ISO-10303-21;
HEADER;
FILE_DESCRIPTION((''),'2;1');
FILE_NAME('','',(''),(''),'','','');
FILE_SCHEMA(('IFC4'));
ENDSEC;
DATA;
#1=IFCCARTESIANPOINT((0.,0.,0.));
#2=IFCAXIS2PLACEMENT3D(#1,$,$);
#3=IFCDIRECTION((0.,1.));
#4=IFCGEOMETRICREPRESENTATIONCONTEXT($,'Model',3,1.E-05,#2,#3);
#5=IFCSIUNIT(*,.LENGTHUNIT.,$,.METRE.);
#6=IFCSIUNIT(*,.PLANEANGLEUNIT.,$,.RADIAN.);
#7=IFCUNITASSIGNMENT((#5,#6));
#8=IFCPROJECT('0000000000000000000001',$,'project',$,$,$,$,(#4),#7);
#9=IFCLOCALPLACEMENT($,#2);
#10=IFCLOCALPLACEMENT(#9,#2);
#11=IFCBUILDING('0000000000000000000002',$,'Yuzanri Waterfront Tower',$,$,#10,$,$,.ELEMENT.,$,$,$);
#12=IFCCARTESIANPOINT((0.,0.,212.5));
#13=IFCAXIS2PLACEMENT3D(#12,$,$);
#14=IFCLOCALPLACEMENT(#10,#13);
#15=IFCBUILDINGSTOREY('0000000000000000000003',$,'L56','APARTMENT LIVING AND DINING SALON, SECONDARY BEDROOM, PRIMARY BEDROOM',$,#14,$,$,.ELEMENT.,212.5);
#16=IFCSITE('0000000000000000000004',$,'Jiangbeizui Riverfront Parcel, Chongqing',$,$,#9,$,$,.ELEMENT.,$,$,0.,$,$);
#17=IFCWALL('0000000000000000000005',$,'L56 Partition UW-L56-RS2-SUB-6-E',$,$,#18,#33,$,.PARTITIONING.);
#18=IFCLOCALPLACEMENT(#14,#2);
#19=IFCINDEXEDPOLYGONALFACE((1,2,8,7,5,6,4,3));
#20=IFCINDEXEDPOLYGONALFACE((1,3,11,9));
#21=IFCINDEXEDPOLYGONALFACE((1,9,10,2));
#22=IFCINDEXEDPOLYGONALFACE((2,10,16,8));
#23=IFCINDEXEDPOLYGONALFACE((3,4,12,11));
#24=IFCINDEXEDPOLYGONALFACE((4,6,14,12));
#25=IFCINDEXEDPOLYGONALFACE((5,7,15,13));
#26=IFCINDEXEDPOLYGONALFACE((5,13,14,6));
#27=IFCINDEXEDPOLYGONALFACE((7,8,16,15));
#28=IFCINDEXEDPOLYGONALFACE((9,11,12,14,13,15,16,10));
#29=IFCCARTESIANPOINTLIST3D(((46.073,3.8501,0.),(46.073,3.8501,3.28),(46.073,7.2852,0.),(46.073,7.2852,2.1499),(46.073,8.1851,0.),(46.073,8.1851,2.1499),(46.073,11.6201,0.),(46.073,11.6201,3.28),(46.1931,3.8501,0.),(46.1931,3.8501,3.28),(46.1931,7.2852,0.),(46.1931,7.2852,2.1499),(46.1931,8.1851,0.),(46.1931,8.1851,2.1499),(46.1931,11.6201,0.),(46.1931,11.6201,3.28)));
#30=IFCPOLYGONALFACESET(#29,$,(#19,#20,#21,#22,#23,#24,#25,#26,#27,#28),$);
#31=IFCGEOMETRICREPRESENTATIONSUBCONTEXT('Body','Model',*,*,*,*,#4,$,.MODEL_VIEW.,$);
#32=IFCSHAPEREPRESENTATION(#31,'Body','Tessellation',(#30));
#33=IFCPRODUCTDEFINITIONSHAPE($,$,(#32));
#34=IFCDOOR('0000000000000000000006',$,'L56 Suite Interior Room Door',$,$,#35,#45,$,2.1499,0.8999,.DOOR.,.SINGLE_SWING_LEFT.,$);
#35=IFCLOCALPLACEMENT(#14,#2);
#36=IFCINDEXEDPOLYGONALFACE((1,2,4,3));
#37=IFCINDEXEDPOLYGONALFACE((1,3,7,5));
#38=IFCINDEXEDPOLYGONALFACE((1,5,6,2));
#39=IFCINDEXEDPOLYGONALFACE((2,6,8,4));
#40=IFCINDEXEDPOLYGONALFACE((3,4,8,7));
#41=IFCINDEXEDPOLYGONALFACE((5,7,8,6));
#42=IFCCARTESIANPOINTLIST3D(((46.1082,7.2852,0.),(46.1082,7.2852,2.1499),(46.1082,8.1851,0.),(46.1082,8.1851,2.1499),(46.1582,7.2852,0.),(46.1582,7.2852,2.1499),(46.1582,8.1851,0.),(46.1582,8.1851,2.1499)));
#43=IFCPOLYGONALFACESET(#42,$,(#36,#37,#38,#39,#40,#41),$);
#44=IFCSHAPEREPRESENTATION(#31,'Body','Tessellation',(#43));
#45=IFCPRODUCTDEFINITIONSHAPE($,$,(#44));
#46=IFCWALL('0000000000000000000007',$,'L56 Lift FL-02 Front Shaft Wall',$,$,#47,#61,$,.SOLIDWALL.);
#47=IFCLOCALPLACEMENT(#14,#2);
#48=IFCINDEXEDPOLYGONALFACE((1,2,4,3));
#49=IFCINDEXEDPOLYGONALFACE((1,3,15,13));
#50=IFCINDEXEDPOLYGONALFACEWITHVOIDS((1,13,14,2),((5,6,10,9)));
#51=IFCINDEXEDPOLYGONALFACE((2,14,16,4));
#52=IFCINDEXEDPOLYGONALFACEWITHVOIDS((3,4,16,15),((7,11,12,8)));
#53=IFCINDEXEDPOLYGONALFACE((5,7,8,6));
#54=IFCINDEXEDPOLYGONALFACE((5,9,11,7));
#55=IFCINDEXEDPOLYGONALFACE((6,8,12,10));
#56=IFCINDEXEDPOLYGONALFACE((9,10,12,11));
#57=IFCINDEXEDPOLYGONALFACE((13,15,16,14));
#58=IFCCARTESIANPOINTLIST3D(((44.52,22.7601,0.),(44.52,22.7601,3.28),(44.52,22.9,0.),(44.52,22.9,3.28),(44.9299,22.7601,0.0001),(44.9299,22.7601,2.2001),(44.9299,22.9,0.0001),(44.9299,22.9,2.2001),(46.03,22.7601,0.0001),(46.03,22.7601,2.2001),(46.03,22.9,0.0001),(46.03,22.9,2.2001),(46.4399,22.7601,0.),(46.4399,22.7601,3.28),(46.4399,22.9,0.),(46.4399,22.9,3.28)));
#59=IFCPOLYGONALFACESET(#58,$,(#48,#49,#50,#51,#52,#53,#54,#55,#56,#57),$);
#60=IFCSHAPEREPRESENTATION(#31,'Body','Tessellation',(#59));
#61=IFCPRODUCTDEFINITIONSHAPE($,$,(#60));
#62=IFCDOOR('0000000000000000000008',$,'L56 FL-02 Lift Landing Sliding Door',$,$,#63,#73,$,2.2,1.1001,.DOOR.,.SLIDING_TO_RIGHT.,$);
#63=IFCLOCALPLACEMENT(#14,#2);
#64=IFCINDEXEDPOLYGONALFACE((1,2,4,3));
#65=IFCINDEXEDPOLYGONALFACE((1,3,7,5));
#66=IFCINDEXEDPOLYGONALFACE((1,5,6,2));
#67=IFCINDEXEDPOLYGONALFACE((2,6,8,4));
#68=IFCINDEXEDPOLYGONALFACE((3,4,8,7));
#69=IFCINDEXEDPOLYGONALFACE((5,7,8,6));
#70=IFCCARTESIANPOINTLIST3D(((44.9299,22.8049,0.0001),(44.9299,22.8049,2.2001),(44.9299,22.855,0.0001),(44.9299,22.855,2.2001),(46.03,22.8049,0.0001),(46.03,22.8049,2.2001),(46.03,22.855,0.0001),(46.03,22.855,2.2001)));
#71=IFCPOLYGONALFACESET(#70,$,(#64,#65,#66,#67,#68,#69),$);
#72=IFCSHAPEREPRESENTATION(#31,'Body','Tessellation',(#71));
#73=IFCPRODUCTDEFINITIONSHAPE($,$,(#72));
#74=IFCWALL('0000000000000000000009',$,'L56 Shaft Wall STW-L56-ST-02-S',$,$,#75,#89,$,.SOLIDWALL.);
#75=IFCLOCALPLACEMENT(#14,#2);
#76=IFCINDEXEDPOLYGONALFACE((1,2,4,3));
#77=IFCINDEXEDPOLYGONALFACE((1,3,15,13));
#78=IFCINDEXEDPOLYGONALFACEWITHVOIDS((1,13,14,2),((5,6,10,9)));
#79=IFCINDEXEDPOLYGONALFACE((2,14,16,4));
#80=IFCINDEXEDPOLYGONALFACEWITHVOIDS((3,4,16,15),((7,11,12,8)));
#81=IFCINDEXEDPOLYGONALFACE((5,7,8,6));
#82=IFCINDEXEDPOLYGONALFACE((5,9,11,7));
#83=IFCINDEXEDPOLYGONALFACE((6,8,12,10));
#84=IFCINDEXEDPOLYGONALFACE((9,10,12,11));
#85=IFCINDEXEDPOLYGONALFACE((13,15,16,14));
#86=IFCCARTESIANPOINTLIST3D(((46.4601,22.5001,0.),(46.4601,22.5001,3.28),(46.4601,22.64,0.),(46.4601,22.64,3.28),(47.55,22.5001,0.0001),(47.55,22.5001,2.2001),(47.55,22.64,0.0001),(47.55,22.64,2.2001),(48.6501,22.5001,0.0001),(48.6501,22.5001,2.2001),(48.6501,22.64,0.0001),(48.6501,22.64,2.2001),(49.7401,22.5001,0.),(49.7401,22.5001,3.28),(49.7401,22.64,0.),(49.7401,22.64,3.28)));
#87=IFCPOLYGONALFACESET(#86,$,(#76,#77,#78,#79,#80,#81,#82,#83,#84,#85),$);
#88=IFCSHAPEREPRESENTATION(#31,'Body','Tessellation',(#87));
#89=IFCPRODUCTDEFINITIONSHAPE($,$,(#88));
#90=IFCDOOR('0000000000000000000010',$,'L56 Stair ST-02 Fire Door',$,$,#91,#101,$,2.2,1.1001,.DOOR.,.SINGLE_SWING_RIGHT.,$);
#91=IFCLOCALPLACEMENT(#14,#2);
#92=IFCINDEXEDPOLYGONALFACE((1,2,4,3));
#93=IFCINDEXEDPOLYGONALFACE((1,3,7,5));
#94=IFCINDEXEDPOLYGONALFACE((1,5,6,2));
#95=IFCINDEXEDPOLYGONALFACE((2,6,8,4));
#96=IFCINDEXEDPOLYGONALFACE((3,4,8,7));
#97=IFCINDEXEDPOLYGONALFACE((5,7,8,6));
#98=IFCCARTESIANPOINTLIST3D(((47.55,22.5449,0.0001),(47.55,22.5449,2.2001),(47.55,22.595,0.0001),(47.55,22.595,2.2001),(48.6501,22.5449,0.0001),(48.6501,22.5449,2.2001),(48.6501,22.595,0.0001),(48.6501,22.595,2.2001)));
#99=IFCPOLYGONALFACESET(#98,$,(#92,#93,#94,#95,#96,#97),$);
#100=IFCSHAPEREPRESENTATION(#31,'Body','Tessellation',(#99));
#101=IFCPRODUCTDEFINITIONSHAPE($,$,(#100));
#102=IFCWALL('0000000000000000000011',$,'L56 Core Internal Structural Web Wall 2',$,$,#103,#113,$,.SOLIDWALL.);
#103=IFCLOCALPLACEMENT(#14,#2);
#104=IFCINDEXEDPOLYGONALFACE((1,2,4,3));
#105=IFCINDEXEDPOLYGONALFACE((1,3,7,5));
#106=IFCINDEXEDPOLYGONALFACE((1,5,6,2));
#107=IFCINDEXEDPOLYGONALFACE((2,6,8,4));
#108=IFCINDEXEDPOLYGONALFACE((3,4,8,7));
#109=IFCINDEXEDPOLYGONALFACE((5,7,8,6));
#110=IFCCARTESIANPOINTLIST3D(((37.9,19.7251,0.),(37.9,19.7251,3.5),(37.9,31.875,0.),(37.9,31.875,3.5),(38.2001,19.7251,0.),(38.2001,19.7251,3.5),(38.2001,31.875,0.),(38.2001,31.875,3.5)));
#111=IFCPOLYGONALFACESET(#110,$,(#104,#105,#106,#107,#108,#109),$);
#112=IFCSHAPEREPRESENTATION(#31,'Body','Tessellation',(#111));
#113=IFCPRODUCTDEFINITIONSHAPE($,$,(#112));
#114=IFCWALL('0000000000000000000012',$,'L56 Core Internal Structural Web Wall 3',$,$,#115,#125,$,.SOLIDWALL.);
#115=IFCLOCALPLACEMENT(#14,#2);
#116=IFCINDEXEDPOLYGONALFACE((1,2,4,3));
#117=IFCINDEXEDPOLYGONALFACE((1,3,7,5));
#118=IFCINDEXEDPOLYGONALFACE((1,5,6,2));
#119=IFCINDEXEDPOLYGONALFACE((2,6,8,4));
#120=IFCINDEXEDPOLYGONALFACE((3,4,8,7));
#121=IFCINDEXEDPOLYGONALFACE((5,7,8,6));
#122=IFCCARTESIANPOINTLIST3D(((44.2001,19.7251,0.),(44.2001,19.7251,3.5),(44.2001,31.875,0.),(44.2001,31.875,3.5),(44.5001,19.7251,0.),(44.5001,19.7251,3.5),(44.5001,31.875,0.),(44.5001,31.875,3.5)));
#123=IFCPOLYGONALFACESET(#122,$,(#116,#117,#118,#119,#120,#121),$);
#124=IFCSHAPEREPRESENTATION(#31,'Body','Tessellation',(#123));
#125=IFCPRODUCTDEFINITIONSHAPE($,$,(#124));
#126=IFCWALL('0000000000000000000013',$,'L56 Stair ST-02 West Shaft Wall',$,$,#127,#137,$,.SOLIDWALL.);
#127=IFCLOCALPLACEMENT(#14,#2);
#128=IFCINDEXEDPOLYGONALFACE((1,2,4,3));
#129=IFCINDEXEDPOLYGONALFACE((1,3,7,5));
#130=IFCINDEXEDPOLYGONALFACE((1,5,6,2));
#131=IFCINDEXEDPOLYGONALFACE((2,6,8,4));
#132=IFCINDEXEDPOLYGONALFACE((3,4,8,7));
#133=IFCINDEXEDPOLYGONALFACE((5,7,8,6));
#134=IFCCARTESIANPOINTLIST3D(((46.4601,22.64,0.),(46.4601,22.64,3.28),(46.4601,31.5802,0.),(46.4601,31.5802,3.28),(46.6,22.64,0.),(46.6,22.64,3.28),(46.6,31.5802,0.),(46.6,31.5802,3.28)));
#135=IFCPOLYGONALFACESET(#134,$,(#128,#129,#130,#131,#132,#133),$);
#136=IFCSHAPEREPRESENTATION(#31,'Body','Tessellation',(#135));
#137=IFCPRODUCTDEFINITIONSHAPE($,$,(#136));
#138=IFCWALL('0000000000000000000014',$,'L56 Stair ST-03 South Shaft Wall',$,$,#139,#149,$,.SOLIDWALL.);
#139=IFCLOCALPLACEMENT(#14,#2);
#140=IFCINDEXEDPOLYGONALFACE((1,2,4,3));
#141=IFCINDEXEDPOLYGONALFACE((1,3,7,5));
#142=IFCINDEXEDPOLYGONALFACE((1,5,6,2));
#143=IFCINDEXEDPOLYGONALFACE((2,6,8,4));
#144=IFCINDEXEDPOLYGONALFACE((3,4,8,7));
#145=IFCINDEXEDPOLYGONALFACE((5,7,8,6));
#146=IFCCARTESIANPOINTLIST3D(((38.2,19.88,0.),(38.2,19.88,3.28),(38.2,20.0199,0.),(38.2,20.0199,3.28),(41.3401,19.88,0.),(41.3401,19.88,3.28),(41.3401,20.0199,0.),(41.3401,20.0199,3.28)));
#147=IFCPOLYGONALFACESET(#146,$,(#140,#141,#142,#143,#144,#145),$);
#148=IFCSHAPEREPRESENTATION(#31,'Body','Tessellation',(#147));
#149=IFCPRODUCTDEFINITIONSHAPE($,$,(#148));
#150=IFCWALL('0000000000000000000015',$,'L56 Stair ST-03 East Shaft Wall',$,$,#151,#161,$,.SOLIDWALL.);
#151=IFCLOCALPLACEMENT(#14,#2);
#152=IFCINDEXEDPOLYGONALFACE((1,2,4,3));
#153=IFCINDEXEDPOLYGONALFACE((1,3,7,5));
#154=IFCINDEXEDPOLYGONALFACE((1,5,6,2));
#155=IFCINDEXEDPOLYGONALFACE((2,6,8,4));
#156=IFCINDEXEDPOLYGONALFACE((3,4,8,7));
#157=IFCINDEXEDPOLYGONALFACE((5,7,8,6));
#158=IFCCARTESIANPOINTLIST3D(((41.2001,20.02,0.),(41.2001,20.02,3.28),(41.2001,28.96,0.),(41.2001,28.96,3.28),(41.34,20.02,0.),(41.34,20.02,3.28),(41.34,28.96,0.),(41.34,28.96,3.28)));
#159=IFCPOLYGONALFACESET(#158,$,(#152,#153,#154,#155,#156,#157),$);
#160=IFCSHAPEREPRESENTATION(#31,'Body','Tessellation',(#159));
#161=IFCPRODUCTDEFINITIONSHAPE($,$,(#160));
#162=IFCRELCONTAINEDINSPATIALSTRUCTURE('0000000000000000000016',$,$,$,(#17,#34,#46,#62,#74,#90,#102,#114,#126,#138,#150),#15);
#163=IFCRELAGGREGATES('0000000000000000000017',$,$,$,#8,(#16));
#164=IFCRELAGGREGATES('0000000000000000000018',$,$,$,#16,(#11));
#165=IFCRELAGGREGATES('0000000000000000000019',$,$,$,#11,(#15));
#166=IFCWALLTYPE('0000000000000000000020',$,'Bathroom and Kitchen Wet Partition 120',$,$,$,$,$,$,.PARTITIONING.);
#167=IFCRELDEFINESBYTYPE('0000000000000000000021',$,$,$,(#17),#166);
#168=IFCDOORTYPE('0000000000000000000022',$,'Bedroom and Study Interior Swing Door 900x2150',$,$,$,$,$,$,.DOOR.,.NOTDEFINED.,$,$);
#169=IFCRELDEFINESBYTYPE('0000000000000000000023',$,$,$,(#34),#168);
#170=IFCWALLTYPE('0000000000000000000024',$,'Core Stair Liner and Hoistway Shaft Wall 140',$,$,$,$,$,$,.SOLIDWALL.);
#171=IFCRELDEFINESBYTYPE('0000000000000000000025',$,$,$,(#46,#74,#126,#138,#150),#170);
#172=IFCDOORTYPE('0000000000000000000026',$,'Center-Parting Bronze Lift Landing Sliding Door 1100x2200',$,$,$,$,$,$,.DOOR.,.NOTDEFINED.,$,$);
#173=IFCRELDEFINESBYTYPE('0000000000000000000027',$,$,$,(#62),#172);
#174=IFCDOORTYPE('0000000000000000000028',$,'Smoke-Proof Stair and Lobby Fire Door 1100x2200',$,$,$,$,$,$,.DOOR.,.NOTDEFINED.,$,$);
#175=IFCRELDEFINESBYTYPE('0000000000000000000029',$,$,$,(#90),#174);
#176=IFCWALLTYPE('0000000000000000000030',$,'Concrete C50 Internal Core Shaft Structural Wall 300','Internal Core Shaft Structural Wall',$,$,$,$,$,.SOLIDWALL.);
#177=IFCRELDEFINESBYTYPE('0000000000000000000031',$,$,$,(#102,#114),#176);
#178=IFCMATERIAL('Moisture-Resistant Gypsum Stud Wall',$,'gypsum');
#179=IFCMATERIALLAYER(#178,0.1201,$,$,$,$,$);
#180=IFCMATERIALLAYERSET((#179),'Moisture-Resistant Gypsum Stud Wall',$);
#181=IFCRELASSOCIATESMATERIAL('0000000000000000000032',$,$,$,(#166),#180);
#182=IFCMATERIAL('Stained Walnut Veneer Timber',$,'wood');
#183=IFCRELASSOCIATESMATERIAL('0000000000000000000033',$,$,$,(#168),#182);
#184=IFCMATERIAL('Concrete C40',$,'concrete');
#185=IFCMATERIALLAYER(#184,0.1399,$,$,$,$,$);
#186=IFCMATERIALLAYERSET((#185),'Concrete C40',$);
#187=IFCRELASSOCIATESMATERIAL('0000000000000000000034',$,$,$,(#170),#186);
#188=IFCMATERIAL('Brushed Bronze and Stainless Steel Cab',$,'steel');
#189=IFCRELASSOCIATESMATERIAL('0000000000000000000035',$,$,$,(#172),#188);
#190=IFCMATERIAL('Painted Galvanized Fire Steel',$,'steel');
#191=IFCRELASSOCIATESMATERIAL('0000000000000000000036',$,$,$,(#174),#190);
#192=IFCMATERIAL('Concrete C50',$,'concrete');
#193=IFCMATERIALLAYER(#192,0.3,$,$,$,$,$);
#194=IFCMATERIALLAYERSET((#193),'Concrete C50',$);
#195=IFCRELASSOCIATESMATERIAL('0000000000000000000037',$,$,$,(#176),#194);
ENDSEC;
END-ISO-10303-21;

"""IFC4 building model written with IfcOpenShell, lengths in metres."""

from ifc_helpers import new_model, si_unit, direction, frame, frame_2d, origin, place, context, subcontext, project, spatial, rectangle, extrude, source, transform, mapped, material, layer, layer_set, type_object, element, fill, save


model = new_model("IFC4")

# Units and contexts
model_context = context("Model", 3, precision=1e-05, world=origin(), true_north=direction((0.0, 1.0)))
body_context = subcontext(model_context, "Body", "Model", "MODEL_VIEW")
ifc_project = project(units=[si_unit("LENGTHUNIT", "METRE"), si_unit("PLANEANGLEUNIT", "RADIAN")], contexts=[model_context])

# Site, building, storey
site_placement = place(None, origin())
site = spatial("IfcSite", under=ifc_project, at=site_placement, Name="Jiangbeizui Riverfront Parcel, Chongqing", CompositionType="ELEMENT", RefElevation=0.0)
building_placement = place(site_placement, origin())
building = spatial("IfcBuilding", under=site, at=building_placement, Name="Yuzanri Waterfront Tower", CompositionType="ELEMENT")
storey_placement = place(building_placement, frame((0.0, 0.0, 212.5)))
storey = spatial("IfcBuildingStorey", under=building, at=storey_placement, Name="L56", Description="APARTMENT LIVING AND DINING SALON, SECONDARY BEDROOM, PRIMARY BEDROOM", CompositionType="ELEMENT", Elevation=212.5)

# Walls, openings, doors
ifc_material_1 = material(Name="Moisture-Resistant Gypsum Stud Wall", Category="gypsum")
ifc_layer_1 = layer(ifc_material_1, 0.1201)
ifc_layer_set_1 = layer_set([ifc_layer_1], Name="Moisture-Resistant Gypsum Stud Wall")
wall_type_1 = type_object("IfcWallType", Name="Bathroom and Kitchen Wet Partition 120", PredefinedType="PARTITIONING", material=ifc_layer_set_1)
wall_1_placement = place(storey_placement, frame((46.1331, 3.8501, 0.0), z_axis=(0.0, 0.0, 1.0), x_axis=(0.0, 1.0, 0.0)))
wall_1 = element("IfcWall", 1, at=wall_1_placement, inside=storey, type_object=wall_type_1, Name="L56 Partition UW-L56-RS2-SUB-6-E", PredefinedType="PARTITIONING", context=body_context, shape_type="SweptSolid", body=[
    extrude(rectangle(XDim=7.77, YDim=0.1201, at=frame_2d((3.885, 0.0))), origin(), (0.0, 0.0, 1.0), 3.28),
])
opening_1_placement = place(wall_1_placement, frame((3.4351, 0.0, 0.0)))
opening_1 = element("IfcOpeningElement", 2, at=opening_1_placement, cuts=wall_1, PredefinedType="OPENING", context=body_context, shape_type="SweptSolid", body=[
    extrude(rectangle(XDim=0.8999, YDim=2.1499, at=frame_2d((0.45, 1.075))), frame((0.0, 0.075, 0.0), z_axis=(0.0, -1.0, 0.0), x_axis=(1.0, 0.0, 0.0)), (0.0, 0.0, 1.0), 0.1499),
])
ifc_material_2 = material(Name="Stained Walnut Veneer Timber", Category="wood")
door_type_1 = type_object("IfcDoorType", Name="Bedroom and Study Interior Swing Door 900x2150", OperationType="NOTDEFINED", PredefinedType="DOOR", material=ifc_material_2)
shared_shape_1 = source(origin(), body_context, "Body", "SweptSolid", [
    extrude(rectangle(XDim=0.8999, YDim=2.1499, at=frame_2d((0.45, 1.075))), frame((0.0, 0.0249, 0.0), z_axis=(0.0, -1.0, 0.0), x_axis=(1.0, 0.0, 0.0)), (0.0, 0.0, 1.0), 0.05),
])
door_1_placement = place(opening_1_placement, origin())
door_1 = element("IfcDoor", 3, at=door_1_placement, inside=storey, type_object=door_type_1, Name="L56 Suite Interior Room Door", OperationType="SINGLE_SWING_LEFT", OverallHeight=2.1499, OverallWidth=0.8999, PredefinedType="DOOR", context=body_context, shape_type="MappedRepresentation", body=[
    mapped(shared_shape_1, transform((0.0, 0.0, 0.0), scale=1.0)),
])
fill(opening_1, door_1)
ifc_material_3 = material(Name="Concrete C40", Category="concrete")
ifc_layer_2 = layer(ifc_material_3, 0.1399)
ifc_layer_set_2 = layer_set([ifc_layer_2], Name="Concrete C40")
wall_type_2 = type_object("IfcWallType", Name="Core Stair Liner and Hoistway Shaft Wall 140", PredefinedType="SOLIDWALL", material=ifc_layer_set_2)
wall_2_placement = place(storey_placement, frame((44.52, 22.8301, 0.0), z_axis=(0.0, 0.0, 1.0), x_axis=(1.0, 0.0, 0.0)))
wall_2 = element("IfcWall", 4, at=wall_2_placement, inside=storey, type_object=wall_type_2, Name="L56 Lift FL-02 Front Shaft Wall", PredefinedType="SOLIDWALL", context=body_context, shape_type="SweptSolid", body=[
    extrude(rectangle(XDim=1.9199, YDim=0.1399, at=frame_2d((0.96, 0.0))), origin(), (0.0, 0.0, 1.0), 3.28),
])
opening_2_placement = place(wall_2_placement, frame((0.4099, 0.0, 0.0)))
opening_2 = element("IfcOpeningElement", 5, at=opening_2_placement, cuts=wall_2, PredefinedType="OPENING", context=body_context, shape_type="SweptSolid", body=[
    extrude(rectangle(XDim=1.1001, YDim=2.2, at=frame_2d((0.55, 1.1001))), frame((0.0, 0.085, 0.0), z_axis=(0.0, -1.0, 0.0), x_axis=(1.0, 0.0, 0.0)), (0.0, 0.0, 1.0), 0.1697),
])
ifc_material_4 = material(Name="Brushed Bronze and Stainless Steel Cab", Category="steel")
door_type_2 = type_object("IfcDoorType", Name="Center-Parting Bronze Lift Landing Sliding Door 1100x2200", OperationType="NOTDEFINED", PredefinedType="DOOR", material=ifc_material_4)
shared_shape_2 = source(origin(), body_context, "Body", "SweptSolid", [
    extrude(rectangle(XDim=1.1001, YDim=2.2, at=frame_2d((0.55, 1.1001))), frame((0.0, 0.0249, 0.0), z_axis=(0.0, -1.0, 0.0), x_axis=(1.0, 0.0, 0.0)), (0.0, 0.0, 1.0), 0.05),
])
door_2_placement = place(opening_2_placement, origin())
door_2 = element("IfcDoor", 6, at=door_2_placement, inside=storey, type_object=door_type_2, Name="L56 FL-02 Lift Landing Sliding Door", OperationType="SLIDING_TO_RIGHT", OverallHeight=2.2, OverallWidth=1.1001, PredefinedType="DOOR", context=body_context, shape_type="MappedRepresentation", body=[
    mapped(shared_shape_2, transform((0.0, 0.0, 0.0), scale=1.0)),
])
fill(opening_2, door_2)
wall_3_placement = place(storey_placement, frame((46.46, 22.5701, 0.0), z_axis=(0.0, 0.0, 1.0), x_axis=(1.0, 0.0, 0.0)))
wall_3 = element("IfcWall", 7, at=wall_3_placement, inside=storey, type_object=wall_type_2, Name="L56 Shaft Wall STW-L56-ST-02-S", PredefinedType="SOLIDWALL", context=body_context, shape_type="SweptSolid", body=[
    extrude(rectangle(XDim=3.28, YDim=0.1399, at=frame_2d((1.6401, 0.0))), origin(), (0.0, 0.0, 1.0), 3.28),
])
opening_3_placement = place(wall_3_placement, frame((1.0901, 0.0, 0.0)))
opening_3 = element("IfcOpeningElement", 8, at=opening_3_placement, cuts=wall_3, PredefinedType="OPENING", context=body_context, shape_type="SweptSolid", body=[
    extrude(rectangle(XDim=1.1001, YDim=2.2, at=frame_2d((0.55, 1.1001))), frame((0.0, 0.085, 0.0), z_axis=(0.0, -1.0, 0.0), x_axis=(1.0, 0.0, 0.0)), (0.0, 0.0, 1.0), 0.1697),
])
ifc_material_5 = material(Name="Painted Galvanized Fire Steel", Category="steel")
door_type_3 = type_object("IfcDoorType", Name="Smoke-Proof Stair and Lobby Fire Door 1100x2200", OperationType="NOTDEFINED", PredefinedType="DOOR", material=ifc_material_5)
shared_shape_3 = source(origin(), body_context, "Body", "SweptSolid", [
    extrude(rectangle(XDim=1.1001, YDim=2.2, at=frame_2d((0.55, 1.1001))), frame((0.0, 0.0249, 0.0), z_axis=(0.0, -1.0, 0.0), x_axis=(1.0, 0.0, 0.0)), (0.0, 0.0, 1.0), 0.05),
])
door_3_placement = place(opening_3_placement, origin())
door_3 = element("IfcDoor", 9, at=door_3_placement, inside=storey, type_object=door_type_3, Name="L56 Stair ST-02 Fire Door", OperationType="SINGLE_SWING_RIGHT", OverallHeight=2.2, OverallWidth=1.1001, PredefinedType="DOOR", context=body_context, shape_type="MappedRepresentation", body=[
    mapped(shared_shape_3, transform((0.0, 0.0, 0.0), scale=1.0)),
])
fill(opening_3, door_3)

# Walls
ifc_material_6 = material(Name="Concrete C50", Category="concrete")
ifc_layer_3 = layer(ifc_material_6, 0.3)
ifc_layer_set_3 = layer_set([ifc_layer_3], Name="Concrete C50")
wall_type_3 = type_object("IfcWallType", Name="Concrete C50 Internal Core Shaft Structural Wall 300", Description="Internal Core Shaft Structural Wall", PredefinedType="SOLIDWALL", material=ifc_layer_set_3)
shared_shape_4 = source(origin(), body_context, "Body", "SweptSolid", [
    extrude(rectangle(XDim=12.1499, YDim=0.3, at=frame_2d((6.075, 0.0))), origin(), (0.0, 0.0, 1.0), 3.5),
])
for number, where, z_axis, x_axis, name in (
    (10, (38.05, 19.7251, 0.0), (0.0, 0.0, 1.0), (0.0, 1.0, 0.0), "L56 Core Internal Structural Web Wall 2"),
    (11, (44.3501, 19.7251, 0.0), (0.0, 0.0, 1.0), (0.0, 1.0, 0.0), "L56 Core Internal Structural Web Wall 3"),
):
    element("IfcWall", number, at=place(storey_placement, frame(where, z_axis=z_axis, x_axis=x_axis)), inside=storey, type_object=wall_type_3, Name=name, PredefinedType="SOLIDWALL", context=body_context, shape_type="MappedRepresentation", body=[
        mapped(shared_shape_4, transform((0.0, 0.0, 0.0), scale=1.0)),
    ])
shared_shape_5 = source(origin(), body_context, "Body", "SweptSolid", [
    extrude(rectangle(XDim=8.9402, YDim=0.1399, at=frame_2d((4.4702, 0.0))), origin(), (0.0, 0.0, 1.0), 3.28),
])
wall_4_placement = place(storey_placement, frame((46.53, 22.6399, 0.0), z_axis=(0.0, 0.0, 1.0), x_axis=(0.0, 1.0, 0.0)))
element("IfcWall", 12, at=wall_4_placement, inside=storey, type_object=wall_type_2, Name="L56 Stair ST-02 West Shaft Wall", PredefinedType="SOLIDWALL", context=body_context, shape_type="MappedRepresentation", body=[
    mapped(shared_shape_5, transform((0.0, 0.0, 0.0), scale=1.0)),
])
shared_shape_6 = source(origin(), body_context, "Body", "SweptSolid", [
    extrude(rectangle(XDim=3.1401, YDim=0.1399, at=frame_2d((1.5701, 0.0))), origin(), (0.0, 0.0, 1.0), 3.28),
])
wall_5_placement = place(storey_placement, frame((38.2, 19.95, 0.0), z_axis=(0.0, 0.0, 1.0), x_axis=(1.0, 0.0, 0.0)))
element("IfcWall", 13, at=wall_5_placement, inside=storey, type_object=wall_type_2, Name="L56 Stair ST-03 South Shaft Wall", PredefinedType="SOLIDWALL", context=body_context, shape_type="MappedRepresentation", body=[
    mapped(shared_shape_6, transform((0.0, 0.0, 0.0), scale=1.0)),
])
shared_shape_7 = source(origin(), body_context, "Body", "SweptSolid", [
    extrude(rectangle(XDim=8.9399, YDim=0.1399, at=frame_2d((4.47, 0.0))), origin(), (0.0, 0.0, 1.0), 3.28),
])
wall_6_placement = place(storey_placement, frame((41.27, 20.02, 0.0), z_axis=(0.0, 0.0, 1.0), x_axis=(0.0, 1.0, 0.0)))
element("IfcWall", 14, at=wall_6_placement, inside=storey, type_object=wall_type_2, Name="L56 Stair ST-03 East Shaft Wall", PredefinedType="SOLIDWALL", context=body_context, shape_type="MappedRepresentation", body=[
    mapped(shared_shape_7, transform((0.0, 0.0, 0.0), scale=1.0)),
])

save(model, "model.ifc")
